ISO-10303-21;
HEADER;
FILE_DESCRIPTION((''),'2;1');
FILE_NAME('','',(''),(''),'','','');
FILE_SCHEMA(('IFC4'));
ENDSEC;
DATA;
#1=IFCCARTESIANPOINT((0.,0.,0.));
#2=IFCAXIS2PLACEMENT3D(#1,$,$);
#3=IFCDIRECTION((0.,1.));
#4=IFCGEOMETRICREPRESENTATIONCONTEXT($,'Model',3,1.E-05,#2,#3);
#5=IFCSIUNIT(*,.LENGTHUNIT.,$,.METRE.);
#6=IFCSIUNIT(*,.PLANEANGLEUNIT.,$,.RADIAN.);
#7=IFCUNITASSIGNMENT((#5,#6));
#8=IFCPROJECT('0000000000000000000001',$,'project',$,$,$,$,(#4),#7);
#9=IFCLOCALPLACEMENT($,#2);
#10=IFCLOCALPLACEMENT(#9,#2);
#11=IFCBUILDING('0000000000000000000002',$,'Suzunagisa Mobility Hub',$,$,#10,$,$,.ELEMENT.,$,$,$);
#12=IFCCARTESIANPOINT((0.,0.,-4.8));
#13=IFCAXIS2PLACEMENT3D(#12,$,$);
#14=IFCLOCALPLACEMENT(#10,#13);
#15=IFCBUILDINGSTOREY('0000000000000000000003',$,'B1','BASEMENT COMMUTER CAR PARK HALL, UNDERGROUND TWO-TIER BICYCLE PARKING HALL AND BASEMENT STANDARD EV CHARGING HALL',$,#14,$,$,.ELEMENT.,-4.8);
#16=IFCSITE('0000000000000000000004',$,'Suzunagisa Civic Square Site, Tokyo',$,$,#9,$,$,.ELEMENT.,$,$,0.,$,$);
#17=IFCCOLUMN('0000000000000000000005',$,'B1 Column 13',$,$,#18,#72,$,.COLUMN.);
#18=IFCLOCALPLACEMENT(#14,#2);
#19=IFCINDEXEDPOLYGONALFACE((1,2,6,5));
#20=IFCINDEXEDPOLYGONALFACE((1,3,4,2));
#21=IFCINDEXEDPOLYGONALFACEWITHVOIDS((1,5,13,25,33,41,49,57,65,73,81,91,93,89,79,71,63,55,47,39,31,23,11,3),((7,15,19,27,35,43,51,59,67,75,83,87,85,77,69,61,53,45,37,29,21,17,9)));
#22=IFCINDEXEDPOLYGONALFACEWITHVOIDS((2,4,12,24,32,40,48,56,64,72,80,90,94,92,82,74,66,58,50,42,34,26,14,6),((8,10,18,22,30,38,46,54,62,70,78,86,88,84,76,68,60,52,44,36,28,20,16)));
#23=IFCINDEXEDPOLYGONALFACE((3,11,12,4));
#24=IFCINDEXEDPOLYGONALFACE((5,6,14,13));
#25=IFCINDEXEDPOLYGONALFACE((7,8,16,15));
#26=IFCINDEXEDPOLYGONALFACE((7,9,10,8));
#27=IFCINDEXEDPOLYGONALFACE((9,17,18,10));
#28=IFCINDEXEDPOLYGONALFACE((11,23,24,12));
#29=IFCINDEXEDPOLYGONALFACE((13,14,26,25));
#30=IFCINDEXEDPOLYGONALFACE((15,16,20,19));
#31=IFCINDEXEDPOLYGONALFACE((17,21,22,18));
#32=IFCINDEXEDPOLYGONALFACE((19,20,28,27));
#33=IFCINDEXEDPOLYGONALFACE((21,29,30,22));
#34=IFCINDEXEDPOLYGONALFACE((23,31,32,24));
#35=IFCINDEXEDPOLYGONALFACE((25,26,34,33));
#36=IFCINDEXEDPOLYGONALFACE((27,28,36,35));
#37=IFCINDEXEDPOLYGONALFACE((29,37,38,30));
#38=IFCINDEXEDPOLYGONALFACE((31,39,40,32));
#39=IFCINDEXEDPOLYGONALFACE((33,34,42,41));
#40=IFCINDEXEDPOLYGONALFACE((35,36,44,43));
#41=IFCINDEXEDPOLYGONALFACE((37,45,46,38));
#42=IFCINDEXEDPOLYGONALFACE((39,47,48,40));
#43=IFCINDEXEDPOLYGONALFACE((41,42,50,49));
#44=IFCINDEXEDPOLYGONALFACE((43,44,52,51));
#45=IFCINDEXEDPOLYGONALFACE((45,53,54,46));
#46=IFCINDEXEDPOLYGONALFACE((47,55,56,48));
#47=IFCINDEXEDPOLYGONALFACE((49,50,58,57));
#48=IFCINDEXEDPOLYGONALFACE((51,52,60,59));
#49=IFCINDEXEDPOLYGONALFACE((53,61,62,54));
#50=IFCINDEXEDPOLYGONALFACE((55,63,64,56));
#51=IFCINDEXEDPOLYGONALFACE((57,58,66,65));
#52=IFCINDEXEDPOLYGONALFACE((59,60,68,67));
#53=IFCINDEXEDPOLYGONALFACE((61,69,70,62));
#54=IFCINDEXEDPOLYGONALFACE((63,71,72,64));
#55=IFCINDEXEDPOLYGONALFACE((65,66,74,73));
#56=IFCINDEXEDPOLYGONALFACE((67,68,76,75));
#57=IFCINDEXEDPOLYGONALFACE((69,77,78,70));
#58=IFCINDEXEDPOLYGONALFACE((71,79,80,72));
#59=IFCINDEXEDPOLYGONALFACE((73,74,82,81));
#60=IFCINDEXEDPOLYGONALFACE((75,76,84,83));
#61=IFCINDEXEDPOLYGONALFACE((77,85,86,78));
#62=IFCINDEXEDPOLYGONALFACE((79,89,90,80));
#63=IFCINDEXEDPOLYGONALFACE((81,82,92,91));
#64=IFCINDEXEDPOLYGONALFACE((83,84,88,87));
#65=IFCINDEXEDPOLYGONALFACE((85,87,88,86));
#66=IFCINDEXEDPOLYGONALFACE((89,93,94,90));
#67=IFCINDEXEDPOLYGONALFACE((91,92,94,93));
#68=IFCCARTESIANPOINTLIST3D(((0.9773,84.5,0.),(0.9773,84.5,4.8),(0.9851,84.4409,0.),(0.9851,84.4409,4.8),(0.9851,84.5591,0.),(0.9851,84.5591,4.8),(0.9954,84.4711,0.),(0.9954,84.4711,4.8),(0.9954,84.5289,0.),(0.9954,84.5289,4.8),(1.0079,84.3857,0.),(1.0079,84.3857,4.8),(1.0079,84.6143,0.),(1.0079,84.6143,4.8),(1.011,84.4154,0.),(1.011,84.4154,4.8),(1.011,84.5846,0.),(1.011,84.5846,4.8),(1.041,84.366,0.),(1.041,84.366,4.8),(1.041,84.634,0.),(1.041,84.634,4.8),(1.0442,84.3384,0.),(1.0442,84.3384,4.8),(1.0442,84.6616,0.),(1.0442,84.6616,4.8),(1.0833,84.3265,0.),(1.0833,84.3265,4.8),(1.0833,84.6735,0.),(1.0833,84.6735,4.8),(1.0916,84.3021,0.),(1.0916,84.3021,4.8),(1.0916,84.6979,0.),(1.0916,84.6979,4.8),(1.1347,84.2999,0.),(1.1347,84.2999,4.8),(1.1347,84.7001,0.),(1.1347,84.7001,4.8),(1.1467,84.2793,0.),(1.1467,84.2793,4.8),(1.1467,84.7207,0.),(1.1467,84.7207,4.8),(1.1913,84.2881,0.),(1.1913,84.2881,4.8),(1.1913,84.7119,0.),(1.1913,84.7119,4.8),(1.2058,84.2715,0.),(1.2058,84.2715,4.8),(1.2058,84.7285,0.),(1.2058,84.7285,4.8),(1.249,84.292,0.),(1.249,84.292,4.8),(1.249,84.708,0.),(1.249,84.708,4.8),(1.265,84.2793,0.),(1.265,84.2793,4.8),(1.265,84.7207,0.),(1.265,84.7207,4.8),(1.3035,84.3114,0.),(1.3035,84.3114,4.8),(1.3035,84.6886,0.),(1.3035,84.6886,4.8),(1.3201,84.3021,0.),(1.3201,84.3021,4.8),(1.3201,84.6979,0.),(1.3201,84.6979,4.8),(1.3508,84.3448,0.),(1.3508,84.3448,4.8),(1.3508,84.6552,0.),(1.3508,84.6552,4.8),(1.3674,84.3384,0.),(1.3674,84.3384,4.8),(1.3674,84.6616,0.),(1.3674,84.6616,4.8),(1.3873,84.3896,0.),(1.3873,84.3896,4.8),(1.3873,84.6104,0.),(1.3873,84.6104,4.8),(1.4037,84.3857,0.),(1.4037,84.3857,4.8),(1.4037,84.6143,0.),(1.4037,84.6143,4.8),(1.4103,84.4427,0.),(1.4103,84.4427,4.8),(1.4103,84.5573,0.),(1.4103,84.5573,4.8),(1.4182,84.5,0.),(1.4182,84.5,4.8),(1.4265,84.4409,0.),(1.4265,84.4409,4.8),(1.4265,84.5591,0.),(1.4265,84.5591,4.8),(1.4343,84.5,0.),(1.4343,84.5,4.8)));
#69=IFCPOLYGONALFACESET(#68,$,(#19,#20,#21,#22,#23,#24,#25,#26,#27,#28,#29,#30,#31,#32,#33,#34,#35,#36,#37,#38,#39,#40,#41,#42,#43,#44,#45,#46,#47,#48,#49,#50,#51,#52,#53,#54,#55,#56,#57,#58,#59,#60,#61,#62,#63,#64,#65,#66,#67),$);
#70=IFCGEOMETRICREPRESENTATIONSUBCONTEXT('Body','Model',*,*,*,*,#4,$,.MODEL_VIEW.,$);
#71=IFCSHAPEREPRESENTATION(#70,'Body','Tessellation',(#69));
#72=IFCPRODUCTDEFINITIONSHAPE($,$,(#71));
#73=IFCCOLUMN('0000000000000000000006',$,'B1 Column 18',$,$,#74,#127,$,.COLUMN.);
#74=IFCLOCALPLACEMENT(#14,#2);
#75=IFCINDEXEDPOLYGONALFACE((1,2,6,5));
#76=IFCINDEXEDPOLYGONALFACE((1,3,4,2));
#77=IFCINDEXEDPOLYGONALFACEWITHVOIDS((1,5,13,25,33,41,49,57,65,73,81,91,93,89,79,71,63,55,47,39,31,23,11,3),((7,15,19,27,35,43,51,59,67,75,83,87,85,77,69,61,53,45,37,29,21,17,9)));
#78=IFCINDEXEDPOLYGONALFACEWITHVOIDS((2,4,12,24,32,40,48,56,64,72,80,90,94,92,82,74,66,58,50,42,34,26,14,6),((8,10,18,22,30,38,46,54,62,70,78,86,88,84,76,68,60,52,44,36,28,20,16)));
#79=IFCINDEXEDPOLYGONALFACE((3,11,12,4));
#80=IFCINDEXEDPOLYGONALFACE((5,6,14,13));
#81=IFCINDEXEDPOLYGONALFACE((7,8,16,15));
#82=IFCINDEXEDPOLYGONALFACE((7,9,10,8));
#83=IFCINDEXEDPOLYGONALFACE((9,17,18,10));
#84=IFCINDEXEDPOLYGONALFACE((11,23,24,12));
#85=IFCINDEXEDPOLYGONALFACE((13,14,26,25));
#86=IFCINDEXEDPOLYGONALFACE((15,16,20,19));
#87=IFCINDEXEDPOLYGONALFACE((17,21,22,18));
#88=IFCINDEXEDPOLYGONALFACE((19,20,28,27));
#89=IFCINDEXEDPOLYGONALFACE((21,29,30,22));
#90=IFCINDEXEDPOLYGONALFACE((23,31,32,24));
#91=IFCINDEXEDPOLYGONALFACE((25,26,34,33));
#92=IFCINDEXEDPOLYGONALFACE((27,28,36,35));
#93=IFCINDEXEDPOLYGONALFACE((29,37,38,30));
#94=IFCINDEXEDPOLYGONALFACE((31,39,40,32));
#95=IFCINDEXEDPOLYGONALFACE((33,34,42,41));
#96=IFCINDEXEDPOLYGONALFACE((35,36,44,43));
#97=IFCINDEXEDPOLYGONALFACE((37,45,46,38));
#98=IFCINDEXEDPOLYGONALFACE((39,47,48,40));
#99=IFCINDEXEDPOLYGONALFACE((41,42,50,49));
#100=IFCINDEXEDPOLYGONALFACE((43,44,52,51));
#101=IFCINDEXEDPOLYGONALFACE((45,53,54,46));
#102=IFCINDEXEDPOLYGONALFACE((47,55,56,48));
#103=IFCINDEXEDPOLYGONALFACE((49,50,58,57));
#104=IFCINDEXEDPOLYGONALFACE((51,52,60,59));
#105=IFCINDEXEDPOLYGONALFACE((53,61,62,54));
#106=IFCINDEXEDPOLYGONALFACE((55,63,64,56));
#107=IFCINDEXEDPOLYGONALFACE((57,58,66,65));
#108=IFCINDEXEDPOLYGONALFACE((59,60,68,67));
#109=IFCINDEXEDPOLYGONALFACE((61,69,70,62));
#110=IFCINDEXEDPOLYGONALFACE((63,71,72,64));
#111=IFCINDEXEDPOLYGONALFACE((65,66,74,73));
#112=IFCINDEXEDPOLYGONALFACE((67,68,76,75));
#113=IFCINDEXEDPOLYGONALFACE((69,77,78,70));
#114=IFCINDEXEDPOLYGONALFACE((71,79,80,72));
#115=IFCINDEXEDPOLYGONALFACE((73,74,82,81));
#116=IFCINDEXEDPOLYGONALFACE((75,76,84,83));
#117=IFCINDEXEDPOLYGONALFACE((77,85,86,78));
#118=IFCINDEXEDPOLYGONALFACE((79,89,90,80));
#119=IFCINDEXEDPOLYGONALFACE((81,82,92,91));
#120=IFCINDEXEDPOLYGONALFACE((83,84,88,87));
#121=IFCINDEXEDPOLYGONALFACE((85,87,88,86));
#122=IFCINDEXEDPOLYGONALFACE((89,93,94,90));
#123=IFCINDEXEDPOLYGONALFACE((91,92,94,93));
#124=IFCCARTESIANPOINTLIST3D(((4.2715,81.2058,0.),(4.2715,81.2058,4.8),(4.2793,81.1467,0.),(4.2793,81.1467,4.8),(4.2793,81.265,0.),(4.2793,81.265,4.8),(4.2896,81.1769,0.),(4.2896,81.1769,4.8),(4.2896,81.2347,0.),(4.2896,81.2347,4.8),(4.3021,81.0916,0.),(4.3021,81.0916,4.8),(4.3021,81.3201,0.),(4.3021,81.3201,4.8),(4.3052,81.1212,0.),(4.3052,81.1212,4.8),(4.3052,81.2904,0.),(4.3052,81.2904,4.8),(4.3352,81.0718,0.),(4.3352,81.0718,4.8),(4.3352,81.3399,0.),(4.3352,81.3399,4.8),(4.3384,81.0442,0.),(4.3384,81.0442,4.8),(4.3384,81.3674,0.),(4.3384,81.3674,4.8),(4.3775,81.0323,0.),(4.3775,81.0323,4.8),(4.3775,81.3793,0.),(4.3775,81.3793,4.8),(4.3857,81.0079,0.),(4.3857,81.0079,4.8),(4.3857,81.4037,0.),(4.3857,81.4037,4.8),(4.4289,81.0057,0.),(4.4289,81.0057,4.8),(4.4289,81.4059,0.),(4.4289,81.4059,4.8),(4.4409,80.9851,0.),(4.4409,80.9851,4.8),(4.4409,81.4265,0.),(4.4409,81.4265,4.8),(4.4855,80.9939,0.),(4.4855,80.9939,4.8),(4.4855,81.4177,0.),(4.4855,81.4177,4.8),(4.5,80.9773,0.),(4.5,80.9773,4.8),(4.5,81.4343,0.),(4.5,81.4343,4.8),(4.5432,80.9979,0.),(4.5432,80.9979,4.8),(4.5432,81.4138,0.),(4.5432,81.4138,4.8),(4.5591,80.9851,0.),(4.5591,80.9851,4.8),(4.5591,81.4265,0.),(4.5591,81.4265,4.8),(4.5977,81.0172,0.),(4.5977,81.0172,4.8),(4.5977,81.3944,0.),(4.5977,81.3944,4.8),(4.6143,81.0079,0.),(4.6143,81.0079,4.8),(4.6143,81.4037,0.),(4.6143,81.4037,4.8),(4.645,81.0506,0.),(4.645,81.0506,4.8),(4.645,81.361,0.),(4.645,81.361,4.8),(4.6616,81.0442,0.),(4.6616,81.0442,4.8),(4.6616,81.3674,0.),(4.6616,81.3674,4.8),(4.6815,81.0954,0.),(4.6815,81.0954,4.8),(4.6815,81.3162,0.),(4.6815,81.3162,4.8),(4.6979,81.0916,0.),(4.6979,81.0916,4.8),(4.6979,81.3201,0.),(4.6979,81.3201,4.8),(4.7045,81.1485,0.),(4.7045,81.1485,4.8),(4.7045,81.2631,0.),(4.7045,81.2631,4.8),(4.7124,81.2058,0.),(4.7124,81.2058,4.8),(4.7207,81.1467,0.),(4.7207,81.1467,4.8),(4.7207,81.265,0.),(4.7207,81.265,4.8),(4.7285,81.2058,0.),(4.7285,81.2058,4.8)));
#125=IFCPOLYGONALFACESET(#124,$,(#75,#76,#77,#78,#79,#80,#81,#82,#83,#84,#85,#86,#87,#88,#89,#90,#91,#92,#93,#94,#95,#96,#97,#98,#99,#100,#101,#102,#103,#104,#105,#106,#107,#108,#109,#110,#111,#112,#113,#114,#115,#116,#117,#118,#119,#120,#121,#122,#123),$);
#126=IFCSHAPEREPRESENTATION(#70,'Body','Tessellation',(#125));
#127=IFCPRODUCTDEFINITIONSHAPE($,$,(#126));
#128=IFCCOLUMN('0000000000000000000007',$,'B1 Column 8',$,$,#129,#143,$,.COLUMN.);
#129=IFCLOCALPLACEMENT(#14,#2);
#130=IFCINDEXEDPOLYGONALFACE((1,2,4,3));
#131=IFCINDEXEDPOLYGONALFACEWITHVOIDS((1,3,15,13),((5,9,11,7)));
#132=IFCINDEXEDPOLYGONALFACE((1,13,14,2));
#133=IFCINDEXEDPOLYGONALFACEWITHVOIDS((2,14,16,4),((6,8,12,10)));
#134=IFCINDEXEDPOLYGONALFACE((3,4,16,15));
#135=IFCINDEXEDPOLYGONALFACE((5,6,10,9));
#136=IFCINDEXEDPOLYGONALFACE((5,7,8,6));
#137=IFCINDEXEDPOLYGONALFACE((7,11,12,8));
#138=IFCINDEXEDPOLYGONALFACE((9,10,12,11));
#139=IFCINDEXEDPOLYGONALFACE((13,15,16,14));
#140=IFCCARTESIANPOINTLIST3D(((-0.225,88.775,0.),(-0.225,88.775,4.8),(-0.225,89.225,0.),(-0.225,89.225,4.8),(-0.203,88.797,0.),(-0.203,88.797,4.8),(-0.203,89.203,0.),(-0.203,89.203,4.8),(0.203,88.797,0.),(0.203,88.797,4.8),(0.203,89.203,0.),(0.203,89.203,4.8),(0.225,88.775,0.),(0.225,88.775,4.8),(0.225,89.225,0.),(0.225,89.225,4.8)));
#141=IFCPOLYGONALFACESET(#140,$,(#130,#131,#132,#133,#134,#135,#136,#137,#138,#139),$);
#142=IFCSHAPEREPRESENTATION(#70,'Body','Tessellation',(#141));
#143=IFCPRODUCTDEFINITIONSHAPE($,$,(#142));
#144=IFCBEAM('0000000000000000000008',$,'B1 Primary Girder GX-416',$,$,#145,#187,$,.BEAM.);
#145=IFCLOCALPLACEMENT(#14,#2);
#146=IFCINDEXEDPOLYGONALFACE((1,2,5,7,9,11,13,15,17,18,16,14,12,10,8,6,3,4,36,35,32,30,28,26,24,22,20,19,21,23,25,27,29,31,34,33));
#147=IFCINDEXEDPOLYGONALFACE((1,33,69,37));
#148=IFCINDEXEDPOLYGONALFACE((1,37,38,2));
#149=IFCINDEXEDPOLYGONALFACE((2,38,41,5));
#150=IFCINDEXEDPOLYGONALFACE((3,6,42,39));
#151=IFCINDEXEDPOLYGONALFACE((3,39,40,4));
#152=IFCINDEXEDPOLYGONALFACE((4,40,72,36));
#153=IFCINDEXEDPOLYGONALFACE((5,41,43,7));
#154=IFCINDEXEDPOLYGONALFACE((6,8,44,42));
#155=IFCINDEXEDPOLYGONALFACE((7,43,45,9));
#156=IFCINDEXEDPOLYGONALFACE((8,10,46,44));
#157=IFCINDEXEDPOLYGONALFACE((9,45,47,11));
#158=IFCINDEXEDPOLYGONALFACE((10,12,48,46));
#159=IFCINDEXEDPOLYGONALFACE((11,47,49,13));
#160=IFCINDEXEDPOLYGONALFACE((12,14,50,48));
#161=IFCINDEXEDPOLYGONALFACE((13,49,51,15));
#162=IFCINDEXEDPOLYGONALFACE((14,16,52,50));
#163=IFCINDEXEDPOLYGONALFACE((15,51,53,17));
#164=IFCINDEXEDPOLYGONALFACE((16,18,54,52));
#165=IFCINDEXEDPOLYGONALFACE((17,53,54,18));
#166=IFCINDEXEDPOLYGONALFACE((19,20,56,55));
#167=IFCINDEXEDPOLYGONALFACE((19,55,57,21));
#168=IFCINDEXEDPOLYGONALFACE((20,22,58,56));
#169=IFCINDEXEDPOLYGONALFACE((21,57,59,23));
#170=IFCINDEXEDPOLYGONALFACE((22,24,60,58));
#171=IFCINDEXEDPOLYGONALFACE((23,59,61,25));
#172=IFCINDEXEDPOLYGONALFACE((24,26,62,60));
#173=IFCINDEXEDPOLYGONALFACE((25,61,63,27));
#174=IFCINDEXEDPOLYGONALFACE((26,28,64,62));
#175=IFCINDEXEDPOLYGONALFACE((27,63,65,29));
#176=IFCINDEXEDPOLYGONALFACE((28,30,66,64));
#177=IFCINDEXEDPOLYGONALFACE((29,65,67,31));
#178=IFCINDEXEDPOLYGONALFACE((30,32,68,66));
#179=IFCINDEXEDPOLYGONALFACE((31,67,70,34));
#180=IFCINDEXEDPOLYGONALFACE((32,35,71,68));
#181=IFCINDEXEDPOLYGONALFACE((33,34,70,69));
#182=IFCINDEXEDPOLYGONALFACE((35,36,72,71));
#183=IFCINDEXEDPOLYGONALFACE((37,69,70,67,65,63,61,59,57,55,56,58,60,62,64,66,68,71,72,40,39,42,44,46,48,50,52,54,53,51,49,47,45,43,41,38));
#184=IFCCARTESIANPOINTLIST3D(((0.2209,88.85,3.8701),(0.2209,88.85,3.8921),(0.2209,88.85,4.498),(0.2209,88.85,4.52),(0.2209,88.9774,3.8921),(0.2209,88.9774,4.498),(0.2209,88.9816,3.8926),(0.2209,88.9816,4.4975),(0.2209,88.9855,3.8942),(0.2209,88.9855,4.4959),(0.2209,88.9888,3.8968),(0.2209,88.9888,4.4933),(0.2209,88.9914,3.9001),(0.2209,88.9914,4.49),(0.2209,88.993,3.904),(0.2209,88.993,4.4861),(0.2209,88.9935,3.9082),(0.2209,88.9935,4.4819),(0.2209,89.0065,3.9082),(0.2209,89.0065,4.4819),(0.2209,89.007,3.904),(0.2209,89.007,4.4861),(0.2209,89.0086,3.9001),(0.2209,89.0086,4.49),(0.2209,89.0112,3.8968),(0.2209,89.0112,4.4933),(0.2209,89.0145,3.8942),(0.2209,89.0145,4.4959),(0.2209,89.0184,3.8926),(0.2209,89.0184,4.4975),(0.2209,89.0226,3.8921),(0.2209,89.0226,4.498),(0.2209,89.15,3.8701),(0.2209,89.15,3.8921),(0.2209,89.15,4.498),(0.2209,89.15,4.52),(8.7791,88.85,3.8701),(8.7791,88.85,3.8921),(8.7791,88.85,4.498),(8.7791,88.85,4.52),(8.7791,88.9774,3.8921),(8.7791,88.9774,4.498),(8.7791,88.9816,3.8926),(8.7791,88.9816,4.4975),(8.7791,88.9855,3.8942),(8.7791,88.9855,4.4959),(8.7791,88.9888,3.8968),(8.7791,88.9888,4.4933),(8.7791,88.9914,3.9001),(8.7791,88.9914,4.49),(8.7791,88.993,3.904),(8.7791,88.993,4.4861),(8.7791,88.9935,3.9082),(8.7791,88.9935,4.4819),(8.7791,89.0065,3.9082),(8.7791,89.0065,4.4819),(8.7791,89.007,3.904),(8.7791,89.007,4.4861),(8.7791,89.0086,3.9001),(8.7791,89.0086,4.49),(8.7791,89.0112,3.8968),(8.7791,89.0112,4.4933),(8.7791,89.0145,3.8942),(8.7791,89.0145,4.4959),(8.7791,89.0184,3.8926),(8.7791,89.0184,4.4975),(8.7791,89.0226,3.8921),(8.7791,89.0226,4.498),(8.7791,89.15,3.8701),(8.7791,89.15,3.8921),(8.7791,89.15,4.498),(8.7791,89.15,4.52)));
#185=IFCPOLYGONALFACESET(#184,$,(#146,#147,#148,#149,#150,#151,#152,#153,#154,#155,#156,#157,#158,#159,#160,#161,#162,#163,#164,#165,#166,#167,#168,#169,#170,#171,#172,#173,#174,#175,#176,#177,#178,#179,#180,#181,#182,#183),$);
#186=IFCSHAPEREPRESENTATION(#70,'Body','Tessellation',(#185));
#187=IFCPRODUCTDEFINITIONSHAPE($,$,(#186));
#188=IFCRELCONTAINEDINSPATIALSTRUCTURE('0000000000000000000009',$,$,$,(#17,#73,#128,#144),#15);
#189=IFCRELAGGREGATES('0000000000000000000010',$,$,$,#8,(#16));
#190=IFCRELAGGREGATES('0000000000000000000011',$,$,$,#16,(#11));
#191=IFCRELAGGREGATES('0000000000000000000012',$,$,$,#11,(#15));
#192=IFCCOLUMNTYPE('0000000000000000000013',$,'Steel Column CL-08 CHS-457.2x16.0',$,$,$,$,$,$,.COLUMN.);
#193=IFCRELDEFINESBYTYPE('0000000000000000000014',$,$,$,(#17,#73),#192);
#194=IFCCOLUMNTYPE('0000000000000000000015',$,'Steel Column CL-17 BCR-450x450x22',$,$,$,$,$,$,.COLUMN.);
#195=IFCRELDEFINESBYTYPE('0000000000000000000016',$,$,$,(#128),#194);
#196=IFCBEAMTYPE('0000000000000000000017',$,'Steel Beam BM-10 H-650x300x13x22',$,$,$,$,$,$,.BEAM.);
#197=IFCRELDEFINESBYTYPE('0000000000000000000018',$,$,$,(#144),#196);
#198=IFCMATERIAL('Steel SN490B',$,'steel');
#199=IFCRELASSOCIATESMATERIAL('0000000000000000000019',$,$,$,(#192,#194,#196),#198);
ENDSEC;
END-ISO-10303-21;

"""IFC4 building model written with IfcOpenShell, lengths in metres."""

from ifc_helpers import new_model, si_unit, direction, frame, origin, origin_2d, place, context, subcontext, project, spatial, hollow_rectangle, hollow_circle, i_section, extrude, material, material_profile, profile_set, type_object, element, save


model = new_model("IFC4")

# Units and contexts
model_context = context("Model", 3, precision=1e-05, world=origin(), true_north=direction((0.0, 1.0)))
body_context = subcontext(model_context, "Body", "Model", "MODEL_VIEW")
ifc_project = project(units=[si_unit("LENGTHUNIT", "METRE"), si_unit("PLANEANGLEUNIT", "RADIAN")], contexts=[model_context])

# Site, building, storey
site_placement = place(None, origin())
site = spatial("IfcSite", under=ifc_project, at=site_placement, Name="Suzunagisa Civic Square Site, Tokyo", CompositionType="ELEMENT", RefElevation=0.0)
building_placement = place(site_placement, origin())
building = spatial("IfcBuilding", under=site, at=building_placement, Name="Suzunagisa Mobility Hub", CompositionType="ELEMENT")
storey_placement = place(building_placement, frame((0.0, 0.0, -4.8)))
storey = spatial("IfcBuildingStorey", under=building, at=storey_placement, Name="B1", Description="BASEMENT COMMUTER CAR PARK HALL, UNDERGROUND TWO-TIER BICYCLE PARKING HALL AND BASEMENT STANDARD EV CHARGING HALL", CompositionType="ELEMENT", Elevation=-4.8)

# Columns
ifc_material_1 = material(Name="Steel SN490B", Category="steel")
ifc_material_profile_1 = material_profile(ifc_material_1, hollow_circle(Radius=0.2285, WallThickness=0.0161, at=origin_2d()), Name="CHS-457.2x16.0")
ifc_profile_set_1 = profile_set([ifc_material_profile_1], Name="Steel SN490B")
column_type_1 = type_object("IfcColumnType", Name="Steel Column CL-08 CHS-457.2x16.0", PredefinedType="COLUMN", material=ifc_profile_set_1)
for number, where, z_axis, x_axis, name in (
    (1, (1.2058, 84.5, 0.0), (0.0, 0.0, 1.0), (1.0, 0.0, 0.0), "B1 Column 13"),
    (2, (4.5, 81.2058, 0.0), (0.0, 0.0, 1.0), (1.0, 0.0, 0.0), "B1 Column 18"),
):
    element("IfcColumn", number, at=place(storey_placement, frame(where, z_axis=z_axis, x_axis=x_axis)), inside=storey, type_object=column_type_1, Name=name, PredefinedType="COLUMN", context=body_context, shape_type="SweptSolid", body=[
        extrude(hollow_circle(Radius=0.2285, WallThickness=0.0161, at=origin_2d()), origin(), (0.0, 0.0, 1.0), 4.8),
    ])
ifc_material_profile_2 = material_profile(ifc_material_1, hollow_rectangle(XDim=0.45, YDim=0.45, WallThickness=0.022, at=origin_2d()), Name="BCR-450x450x22")
ifc_profile_set_2 = profile_set([ifc_material_profile_2], Name="Steel SN490B")
column_type_2 = type_object("IfcColumnType", Name="Steel Column CL-17 BCR-450x450x22", PredefinedType="COLUMN", material=ifc_profile_set_2)
column_placement = place(storey_placement, frame((0.0, 89.0, 0.0), z_axis=(0.0, 0.0, 1.0), x_axis=(1.0, 0.0, 0.0)))
element("IfcColumn", 3, at=column_placement, inside=storey, type_object=column_type_2, Name="B1 Column 8", PredefinedType="COLUMN", context=body_context, shape_type="SweptSolid", body=[
    extrude(hollow_rectangle(XDim=0.45, YDim=0.45, WallThickness=0.022, at=origin_2d()), origin(), (0.0, 0.0, 1.0), 4.8),
])

# Beam
ifc_material_profile_3 = material_profile(ifc_material_1, i_section(OverallWidth=0.3, OverallDepth=0.6499, WebThickness=0.0129, FlangeThickness=0.022, FilletRadius=0.0161, at=origin_2d()), Name="H-650x300x13x22")
ifc_profile_set_3 = profile_set([ifc_material_profile_3], Name="Steel SN490B")
beam_type_1 = type_object("IfcBeamType", Name="Steel Beam BM-10 H-650x300x13x22", PredefinedType="BEAM", material=ifc_profile_set_3)
beam_1_placement = place(storey_placement, frame((0.2209, 89.0, 4.1951), z_axis=(1.0, 0.0, 0.0), x_axis=(0.0, 1.0, 0.0)))
element("IfcBeam", 4, at=beam_1_placement, inside=storey, type_object=beam_type_1, Name="B1 Primary Girder GX-416", PredefinedType="BEAM", context=body_context, shape_type="SweptSolid", body=[
    extrude(i_section(OverallWidth=0.3, OverallDepth=0.6499, WebThickness=0.0129, FlangeThickness=0.022, FilletRadius=0.0161, at=origin_2d()), origin(), (0.0, 0.0, 1.0), 8.5581),
])

save(model, "model.ifc")
